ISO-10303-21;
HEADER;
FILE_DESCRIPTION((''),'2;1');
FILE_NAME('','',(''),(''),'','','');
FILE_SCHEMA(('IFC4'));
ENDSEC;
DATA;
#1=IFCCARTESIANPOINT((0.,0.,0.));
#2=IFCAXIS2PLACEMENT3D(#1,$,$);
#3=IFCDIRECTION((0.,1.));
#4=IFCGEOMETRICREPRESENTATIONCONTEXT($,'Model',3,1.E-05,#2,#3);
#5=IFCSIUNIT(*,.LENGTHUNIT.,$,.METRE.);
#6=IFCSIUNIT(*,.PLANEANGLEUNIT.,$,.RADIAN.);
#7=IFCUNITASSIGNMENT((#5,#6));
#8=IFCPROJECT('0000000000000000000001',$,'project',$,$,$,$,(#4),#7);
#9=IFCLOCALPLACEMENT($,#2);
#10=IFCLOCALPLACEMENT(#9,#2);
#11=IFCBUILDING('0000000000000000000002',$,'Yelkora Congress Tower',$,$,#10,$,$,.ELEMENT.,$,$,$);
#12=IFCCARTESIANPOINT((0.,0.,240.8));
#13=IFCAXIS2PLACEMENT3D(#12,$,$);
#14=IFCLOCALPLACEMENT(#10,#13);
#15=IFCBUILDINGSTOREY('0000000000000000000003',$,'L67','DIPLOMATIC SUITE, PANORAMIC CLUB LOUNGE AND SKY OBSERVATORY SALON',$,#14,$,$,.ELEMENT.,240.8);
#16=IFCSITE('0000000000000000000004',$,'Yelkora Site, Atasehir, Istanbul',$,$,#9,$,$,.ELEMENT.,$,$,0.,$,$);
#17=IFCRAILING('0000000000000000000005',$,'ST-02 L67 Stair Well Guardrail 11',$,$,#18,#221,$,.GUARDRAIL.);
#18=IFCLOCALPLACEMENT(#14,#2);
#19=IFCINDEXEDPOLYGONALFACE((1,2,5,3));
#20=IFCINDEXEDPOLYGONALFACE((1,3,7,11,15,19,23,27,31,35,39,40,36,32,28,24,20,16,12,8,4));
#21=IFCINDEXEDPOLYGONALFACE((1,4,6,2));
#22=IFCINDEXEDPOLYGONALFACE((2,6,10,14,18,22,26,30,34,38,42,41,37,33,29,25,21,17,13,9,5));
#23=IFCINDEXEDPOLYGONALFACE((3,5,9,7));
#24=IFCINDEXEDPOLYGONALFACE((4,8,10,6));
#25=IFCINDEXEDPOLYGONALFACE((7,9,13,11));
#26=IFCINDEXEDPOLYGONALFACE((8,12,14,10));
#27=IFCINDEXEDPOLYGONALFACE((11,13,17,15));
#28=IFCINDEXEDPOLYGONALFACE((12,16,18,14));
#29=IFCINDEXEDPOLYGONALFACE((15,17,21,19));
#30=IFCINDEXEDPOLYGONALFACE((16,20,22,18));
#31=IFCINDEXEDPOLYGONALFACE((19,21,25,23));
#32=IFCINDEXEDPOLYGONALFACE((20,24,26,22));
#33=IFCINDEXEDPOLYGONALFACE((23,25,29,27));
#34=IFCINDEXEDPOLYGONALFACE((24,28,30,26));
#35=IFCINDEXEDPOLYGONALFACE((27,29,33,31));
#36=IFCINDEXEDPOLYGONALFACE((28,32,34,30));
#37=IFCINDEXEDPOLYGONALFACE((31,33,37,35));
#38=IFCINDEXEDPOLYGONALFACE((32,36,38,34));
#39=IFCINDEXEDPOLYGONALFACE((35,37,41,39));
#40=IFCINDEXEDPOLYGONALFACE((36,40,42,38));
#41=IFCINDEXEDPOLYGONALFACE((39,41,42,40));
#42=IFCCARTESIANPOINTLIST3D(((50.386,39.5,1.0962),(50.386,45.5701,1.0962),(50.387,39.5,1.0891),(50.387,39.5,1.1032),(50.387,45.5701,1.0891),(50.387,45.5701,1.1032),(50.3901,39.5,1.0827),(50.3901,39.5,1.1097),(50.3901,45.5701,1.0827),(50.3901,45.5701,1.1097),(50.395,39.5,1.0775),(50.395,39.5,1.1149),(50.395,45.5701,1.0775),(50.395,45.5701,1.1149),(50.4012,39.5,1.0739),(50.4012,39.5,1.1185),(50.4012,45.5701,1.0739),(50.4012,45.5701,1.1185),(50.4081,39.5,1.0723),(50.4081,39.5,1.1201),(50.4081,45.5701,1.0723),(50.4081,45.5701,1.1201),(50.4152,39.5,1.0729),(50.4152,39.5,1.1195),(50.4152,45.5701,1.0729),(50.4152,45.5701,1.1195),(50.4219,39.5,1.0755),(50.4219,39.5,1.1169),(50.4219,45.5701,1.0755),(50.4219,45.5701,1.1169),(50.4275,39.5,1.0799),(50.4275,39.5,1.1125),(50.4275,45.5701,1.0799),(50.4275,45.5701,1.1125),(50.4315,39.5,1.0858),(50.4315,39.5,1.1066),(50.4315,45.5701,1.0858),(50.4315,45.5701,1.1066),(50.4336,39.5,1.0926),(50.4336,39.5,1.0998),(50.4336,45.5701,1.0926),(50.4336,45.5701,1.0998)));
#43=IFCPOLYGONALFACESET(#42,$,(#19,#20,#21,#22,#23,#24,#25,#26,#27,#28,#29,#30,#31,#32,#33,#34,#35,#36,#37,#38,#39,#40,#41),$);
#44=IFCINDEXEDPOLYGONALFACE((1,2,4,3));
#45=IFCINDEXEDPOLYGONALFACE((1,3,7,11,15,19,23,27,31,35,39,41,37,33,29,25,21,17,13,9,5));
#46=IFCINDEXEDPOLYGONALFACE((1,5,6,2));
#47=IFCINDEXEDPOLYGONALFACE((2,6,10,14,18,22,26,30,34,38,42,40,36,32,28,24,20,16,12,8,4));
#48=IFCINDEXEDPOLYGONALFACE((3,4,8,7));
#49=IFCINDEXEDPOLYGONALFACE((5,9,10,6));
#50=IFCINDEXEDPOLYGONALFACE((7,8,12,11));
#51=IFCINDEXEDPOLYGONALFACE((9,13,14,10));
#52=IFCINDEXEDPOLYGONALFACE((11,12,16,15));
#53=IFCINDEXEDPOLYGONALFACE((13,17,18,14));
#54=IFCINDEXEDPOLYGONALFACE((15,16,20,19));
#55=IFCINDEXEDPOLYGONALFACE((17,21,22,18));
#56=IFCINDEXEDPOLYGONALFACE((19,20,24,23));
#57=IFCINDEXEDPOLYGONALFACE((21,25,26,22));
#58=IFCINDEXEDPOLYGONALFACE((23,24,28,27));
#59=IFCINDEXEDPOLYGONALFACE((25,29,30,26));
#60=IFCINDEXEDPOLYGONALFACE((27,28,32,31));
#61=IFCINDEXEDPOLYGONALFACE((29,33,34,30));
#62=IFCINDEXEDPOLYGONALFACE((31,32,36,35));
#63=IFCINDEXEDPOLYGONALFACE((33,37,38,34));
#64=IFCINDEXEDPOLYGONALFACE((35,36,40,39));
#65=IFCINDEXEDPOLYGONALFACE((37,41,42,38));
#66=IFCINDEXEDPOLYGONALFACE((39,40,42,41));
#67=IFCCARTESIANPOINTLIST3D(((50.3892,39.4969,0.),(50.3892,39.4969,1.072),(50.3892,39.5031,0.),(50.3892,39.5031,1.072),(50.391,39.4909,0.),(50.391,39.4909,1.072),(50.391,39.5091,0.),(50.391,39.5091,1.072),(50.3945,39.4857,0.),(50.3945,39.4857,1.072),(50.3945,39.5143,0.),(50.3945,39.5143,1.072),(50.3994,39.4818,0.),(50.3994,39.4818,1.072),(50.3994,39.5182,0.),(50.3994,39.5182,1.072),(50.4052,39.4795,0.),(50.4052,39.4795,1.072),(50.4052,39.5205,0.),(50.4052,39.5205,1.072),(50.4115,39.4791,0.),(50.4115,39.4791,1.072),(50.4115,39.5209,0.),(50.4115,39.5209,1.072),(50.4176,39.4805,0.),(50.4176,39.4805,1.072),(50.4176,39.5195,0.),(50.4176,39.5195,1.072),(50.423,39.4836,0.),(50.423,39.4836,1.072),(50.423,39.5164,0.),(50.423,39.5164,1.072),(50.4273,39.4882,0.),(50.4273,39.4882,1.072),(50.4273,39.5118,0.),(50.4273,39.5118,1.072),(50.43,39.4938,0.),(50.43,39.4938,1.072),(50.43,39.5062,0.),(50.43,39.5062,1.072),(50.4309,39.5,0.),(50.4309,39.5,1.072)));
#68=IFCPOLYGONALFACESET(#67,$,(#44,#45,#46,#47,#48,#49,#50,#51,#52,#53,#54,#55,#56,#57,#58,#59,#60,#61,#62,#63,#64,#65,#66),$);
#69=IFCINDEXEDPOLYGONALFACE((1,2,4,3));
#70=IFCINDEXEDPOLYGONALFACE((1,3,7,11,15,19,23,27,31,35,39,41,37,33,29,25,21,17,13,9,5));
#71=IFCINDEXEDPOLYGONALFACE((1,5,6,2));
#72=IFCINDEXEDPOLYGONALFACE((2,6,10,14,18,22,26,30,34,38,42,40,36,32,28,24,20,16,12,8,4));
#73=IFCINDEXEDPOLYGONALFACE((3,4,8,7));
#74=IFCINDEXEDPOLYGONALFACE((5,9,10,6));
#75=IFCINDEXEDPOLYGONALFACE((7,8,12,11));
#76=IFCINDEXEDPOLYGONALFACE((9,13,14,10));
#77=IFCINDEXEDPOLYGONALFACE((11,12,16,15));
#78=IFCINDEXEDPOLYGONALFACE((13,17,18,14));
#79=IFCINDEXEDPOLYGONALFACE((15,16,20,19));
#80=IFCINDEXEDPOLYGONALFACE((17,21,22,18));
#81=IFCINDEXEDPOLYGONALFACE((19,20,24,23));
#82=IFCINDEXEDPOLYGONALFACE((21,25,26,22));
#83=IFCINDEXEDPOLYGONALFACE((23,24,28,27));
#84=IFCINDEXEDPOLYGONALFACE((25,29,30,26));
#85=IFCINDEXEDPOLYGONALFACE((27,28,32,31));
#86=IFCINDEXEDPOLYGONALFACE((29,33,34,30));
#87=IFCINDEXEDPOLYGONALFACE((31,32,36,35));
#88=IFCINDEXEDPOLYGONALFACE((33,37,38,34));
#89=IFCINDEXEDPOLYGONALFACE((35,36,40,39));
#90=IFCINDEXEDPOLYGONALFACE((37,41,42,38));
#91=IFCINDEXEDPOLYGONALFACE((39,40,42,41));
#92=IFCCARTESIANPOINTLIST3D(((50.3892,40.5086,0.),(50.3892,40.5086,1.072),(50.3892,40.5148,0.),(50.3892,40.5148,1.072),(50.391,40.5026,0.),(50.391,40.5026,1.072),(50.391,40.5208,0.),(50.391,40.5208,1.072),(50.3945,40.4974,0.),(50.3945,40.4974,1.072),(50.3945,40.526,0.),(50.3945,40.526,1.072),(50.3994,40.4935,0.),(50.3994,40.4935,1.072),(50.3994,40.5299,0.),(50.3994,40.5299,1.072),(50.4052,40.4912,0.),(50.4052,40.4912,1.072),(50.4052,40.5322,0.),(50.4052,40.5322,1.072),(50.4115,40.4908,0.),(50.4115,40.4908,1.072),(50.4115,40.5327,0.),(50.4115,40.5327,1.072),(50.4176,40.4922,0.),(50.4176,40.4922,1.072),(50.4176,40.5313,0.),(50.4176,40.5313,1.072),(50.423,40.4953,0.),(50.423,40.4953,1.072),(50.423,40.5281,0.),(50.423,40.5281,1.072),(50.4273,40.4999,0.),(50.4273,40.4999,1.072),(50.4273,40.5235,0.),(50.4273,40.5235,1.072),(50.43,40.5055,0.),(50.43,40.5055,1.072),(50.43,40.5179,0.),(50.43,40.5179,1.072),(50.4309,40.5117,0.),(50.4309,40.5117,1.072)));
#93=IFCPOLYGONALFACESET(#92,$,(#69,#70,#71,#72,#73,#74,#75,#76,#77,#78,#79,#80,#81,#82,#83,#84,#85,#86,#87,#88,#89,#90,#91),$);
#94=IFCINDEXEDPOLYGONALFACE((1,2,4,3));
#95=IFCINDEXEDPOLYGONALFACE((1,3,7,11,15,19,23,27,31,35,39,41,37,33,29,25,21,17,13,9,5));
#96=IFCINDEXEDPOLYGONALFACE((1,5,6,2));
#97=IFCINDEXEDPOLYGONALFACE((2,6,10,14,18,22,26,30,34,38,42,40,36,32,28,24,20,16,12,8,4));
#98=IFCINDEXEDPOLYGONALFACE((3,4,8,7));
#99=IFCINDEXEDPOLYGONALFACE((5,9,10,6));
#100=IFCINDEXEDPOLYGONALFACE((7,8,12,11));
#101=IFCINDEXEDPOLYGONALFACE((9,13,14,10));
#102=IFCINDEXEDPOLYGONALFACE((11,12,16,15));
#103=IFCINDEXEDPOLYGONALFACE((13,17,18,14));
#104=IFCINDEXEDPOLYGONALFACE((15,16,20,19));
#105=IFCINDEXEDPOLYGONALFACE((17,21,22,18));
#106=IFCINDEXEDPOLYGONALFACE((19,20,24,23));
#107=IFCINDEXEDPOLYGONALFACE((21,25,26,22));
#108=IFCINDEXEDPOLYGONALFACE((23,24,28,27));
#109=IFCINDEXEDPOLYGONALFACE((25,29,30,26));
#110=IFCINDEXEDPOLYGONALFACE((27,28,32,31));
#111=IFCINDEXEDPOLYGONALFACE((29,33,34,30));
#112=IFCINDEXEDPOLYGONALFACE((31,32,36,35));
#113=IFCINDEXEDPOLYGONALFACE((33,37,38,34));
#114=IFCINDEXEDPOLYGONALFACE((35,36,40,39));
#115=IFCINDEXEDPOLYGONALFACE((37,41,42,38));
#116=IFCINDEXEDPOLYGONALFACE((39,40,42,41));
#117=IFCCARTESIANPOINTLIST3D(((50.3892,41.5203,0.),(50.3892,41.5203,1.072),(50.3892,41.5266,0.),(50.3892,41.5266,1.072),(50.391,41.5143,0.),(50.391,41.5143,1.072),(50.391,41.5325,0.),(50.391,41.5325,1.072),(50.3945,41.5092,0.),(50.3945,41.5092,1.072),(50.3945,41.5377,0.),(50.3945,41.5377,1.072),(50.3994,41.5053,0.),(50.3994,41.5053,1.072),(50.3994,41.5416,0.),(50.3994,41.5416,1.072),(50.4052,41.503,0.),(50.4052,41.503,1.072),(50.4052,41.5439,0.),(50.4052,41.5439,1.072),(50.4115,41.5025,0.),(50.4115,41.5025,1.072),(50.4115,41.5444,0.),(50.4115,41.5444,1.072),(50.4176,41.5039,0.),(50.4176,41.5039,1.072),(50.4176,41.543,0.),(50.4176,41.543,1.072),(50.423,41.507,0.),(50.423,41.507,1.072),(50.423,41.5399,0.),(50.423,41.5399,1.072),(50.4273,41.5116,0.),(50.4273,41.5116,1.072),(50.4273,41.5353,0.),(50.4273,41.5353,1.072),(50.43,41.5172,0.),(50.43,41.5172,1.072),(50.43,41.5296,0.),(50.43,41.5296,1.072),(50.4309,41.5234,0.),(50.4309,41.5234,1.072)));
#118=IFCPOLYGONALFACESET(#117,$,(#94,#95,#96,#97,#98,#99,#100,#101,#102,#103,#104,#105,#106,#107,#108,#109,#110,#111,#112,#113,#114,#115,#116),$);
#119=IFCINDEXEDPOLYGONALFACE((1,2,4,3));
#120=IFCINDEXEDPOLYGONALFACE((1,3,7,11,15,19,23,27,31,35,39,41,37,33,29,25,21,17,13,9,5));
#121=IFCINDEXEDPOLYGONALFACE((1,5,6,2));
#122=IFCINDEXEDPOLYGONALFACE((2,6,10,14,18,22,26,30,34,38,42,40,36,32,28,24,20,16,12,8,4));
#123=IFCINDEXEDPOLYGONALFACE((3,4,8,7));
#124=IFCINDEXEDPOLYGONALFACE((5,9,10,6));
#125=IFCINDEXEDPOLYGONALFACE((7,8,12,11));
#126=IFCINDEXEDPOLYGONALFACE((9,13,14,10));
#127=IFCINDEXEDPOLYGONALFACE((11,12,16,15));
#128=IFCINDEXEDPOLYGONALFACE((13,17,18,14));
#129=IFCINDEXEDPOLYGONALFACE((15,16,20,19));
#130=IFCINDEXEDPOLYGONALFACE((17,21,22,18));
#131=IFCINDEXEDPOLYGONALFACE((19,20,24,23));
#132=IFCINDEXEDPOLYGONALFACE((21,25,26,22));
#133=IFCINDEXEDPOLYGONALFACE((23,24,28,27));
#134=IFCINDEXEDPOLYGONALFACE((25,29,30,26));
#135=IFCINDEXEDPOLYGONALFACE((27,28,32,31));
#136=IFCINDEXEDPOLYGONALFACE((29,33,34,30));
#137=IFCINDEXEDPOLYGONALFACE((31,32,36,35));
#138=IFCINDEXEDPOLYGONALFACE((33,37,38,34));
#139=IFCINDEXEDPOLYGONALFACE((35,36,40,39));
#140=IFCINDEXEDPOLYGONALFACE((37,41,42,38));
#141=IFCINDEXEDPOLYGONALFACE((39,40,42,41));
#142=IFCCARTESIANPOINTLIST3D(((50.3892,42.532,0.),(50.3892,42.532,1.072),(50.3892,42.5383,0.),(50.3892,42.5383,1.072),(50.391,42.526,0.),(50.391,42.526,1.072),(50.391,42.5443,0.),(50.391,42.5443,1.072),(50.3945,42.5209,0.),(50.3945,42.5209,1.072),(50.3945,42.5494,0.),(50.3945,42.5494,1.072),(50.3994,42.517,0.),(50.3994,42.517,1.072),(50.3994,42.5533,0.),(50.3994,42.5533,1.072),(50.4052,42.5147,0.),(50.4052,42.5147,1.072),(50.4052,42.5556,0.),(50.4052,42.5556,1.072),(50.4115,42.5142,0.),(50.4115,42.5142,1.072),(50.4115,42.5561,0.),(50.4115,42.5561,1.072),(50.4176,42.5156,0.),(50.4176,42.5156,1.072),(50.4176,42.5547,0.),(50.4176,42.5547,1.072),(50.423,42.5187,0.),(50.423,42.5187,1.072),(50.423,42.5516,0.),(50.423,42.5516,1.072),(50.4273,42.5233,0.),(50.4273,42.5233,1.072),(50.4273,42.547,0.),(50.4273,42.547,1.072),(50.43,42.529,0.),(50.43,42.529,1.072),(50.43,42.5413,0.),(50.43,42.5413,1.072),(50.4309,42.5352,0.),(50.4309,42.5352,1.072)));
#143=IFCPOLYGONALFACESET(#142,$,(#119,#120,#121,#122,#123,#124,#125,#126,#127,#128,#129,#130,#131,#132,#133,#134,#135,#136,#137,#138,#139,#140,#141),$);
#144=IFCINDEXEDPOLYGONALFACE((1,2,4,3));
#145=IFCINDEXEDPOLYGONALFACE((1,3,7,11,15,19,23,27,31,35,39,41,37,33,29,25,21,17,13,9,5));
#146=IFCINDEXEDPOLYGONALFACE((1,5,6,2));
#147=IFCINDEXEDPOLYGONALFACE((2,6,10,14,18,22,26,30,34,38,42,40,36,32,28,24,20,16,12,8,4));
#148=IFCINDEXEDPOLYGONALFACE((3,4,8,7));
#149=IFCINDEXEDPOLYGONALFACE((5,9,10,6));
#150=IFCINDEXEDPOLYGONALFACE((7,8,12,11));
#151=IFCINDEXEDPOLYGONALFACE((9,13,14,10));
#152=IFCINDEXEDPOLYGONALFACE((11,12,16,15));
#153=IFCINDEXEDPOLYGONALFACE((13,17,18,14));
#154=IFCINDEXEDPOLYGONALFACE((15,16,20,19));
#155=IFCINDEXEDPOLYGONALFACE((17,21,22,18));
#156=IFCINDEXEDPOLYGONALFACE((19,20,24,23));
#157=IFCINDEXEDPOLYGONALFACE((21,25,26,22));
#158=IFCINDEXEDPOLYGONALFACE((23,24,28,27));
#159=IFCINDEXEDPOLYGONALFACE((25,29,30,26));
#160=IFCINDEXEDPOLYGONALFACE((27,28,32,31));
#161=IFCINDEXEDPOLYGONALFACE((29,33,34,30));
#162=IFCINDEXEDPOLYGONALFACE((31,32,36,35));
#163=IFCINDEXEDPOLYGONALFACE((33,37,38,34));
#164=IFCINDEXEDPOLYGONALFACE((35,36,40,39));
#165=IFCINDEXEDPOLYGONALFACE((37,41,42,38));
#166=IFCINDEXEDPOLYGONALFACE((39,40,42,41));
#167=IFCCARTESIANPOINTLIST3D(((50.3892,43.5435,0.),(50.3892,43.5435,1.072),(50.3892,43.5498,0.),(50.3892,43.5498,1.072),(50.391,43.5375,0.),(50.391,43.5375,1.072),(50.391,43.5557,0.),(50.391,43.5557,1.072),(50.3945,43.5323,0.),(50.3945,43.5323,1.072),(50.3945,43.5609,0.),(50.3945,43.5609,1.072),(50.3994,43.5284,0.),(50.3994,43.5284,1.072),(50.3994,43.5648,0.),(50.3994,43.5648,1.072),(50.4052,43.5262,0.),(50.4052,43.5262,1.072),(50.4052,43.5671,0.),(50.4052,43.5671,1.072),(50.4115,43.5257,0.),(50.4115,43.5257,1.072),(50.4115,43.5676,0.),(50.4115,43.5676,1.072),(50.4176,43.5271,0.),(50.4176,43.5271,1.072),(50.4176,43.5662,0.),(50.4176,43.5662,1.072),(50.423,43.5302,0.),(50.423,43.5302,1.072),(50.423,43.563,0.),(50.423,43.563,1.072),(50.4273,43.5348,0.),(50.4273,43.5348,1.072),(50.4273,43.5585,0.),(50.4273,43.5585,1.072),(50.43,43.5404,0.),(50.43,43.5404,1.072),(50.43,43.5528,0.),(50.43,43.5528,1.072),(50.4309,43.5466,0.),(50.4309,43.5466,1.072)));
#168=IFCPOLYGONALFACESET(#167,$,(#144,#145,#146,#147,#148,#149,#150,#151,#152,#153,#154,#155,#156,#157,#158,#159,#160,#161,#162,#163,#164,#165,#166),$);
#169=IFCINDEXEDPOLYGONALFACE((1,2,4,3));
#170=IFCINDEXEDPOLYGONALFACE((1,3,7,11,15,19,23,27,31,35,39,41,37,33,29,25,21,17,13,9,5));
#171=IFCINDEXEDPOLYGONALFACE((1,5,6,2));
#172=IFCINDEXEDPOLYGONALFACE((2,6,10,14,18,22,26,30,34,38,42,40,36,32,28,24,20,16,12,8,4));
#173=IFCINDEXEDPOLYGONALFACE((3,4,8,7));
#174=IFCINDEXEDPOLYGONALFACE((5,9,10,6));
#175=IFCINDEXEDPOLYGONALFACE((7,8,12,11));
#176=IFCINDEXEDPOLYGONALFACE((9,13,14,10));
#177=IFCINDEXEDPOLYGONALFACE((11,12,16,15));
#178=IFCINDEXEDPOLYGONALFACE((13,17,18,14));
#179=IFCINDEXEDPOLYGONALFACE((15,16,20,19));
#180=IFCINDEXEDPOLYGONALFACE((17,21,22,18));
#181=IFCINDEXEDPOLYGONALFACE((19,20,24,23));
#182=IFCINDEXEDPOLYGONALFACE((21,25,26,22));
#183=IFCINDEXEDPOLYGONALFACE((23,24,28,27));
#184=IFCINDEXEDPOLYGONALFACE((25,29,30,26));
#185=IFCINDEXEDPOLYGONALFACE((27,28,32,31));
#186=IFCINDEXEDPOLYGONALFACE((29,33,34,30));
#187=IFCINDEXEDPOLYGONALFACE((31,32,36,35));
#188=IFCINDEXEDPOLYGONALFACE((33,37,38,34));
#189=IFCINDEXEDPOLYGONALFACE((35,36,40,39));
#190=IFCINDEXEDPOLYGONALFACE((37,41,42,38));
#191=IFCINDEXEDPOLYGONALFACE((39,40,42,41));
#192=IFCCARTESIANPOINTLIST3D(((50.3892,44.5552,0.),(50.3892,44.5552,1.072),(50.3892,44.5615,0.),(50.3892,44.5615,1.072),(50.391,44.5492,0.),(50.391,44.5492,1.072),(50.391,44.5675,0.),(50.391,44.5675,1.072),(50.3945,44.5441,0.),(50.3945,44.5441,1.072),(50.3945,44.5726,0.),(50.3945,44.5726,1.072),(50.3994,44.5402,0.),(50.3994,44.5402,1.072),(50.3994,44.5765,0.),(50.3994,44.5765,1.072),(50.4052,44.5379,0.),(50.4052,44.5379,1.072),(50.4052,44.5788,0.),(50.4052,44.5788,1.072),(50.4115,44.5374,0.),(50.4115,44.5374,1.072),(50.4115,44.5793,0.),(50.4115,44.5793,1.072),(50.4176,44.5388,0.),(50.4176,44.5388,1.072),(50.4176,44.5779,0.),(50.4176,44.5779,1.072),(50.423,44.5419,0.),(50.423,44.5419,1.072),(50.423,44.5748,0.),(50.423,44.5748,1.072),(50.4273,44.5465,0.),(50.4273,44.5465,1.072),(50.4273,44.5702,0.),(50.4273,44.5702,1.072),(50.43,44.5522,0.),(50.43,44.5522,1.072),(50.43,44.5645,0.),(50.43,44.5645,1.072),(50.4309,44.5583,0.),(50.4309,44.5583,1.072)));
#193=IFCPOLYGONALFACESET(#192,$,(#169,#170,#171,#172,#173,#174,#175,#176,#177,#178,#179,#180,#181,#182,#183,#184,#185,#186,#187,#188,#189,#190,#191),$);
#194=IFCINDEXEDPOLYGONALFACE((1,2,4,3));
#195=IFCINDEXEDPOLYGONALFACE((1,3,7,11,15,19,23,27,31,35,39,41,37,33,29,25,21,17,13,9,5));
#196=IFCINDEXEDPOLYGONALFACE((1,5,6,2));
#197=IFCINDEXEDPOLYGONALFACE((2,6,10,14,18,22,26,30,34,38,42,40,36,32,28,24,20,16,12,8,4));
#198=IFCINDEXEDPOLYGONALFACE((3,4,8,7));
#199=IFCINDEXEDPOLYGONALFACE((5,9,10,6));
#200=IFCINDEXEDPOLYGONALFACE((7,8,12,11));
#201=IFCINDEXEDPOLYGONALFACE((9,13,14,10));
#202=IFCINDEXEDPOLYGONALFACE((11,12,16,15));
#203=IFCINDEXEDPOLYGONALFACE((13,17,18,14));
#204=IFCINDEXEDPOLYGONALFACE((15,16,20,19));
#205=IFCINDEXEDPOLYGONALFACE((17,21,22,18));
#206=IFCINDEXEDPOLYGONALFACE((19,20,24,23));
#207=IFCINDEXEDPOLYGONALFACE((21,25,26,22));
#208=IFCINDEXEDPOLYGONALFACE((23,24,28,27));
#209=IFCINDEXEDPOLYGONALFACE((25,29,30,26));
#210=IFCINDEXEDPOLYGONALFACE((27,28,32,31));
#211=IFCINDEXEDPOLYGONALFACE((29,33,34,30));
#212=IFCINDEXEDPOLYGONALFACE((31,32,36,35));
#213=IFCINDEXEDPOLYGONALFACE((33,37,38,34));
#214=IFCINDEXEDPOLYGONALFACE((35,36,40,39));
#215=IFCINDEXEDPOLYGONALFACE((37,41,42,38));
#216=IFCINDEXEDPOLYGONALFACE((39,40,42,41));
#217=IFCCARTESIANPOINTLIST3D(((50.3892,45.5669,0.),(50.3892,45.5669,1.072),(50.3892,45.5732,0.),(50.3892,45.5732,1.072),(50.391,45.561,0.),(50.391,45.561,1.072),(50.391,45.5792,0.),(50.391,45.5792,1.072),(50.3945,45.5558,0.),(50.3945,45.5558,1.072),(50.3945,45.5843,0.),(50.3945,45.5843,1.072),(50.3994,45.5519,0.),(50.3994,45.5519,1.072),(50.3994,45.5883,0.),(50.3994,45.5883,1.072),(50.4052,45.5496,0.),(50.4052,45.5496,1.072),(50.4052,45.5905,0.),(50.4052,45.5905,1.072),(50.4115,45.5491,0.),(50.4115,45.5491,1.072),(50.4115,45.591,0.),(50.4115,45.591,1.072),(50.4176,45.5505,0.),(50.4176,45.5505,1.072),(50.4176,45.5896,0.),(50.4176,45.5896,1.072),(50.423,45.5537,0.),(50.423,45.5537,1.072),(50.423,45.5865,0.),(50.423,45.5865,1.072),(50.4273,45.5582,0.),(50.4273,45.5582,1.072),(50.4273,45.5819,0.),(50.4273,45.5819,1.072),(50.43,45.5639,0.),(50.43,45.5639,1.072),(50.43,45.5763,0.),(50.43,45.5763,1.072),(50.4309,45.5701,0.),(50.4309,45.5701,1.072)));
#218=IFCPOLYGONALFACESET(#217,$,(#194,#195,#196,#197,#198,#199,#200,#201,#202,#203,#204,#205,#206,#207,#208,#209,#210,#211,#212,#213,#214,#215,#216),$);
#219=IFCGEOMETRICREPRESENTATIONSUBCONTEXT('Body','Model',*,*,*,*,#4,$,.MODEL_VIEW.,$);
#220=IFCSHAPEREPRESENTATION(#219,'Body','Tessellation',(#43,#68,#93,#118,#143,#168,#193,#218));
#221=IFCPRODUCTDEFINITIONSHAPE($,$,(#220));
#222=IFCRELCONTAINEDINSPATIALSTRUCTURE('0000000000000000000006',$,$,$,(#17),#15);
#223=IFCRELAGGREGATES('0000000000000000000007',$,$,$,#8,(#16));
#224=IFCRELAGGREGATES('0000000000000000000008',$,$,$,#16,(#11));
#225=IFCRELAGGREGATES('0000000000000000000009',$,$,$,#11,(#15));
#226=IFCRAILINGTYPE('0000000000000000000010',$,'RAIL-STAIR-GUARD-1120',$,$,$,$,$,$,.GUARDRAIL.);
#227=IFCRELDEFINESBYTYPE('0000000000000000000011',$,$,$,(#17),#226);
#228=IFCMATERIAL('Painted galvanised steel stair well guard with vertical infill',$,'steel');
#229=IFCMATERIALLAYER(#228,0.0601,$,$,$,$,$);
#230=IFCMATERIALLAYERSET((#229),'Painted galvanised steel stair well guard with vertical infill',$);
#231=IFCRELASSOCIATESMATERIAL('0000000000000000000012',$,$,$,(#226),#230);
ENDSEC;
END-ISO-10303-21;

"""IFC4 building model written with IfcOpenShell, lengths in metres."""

from ifc_helpers import new_model, si_unit, direction, frame, origin, origin_2d, place, context, subcontext, project, spatial, circle, extrude, material, layer, layer_set, type_object, element, save


model = new_model("IFC4")

# Units and contexts
model_context = context("Model", 3, precision=1e-05, world=origin(), true_north=direction((0.0, 1.0)))
body_context = subcontext(model_context, "Body", "Model", "MODEL_VIEW")
ifc_project = project(units=[si_unit("LENGTHUNIT", "METRE"), si_unit("PLANEANGLEUNIT", "RADIAN")], contexts=[model_context])

# Site, building, storey
site_placement = place(None, origin())
site = spatial("IfcSite", under=ifc_project, at=site_placement, Name="Yelkora Site, Atasehir, Istanbul", CompositionType="ELEMENT", RefElevation=0.0)
building_placement = place(site_placement, origin())
building = spatial("IfcBuilding", under=site, at=building_placement, Name="Yelkora Congress Tower", CompositionType="ELEMENT")
storey_placement = place(building_placement, frame((0.0, 0.0, 240.8)))
storey = spatial("IfcBuildingStorey", under=building, at=storey_placement, Name="L67", Description="DIPLOMATIC SUITE, PANORAMIC CLUB LOUNGE AND SKY OBSERVATORY SALON", CompositionType="ELEMENT", Elevation=240.8)

# Railing
ifc_material_1 = material(Name="Painted galvanised steel stair well guard with vertical infill", Category="steel")
ifc_layer_1 = layer(ifc_material_1, 0.0601)
ifc_layer_set_1 = layer_set([ifc_layer_1], Name="Painted galvanised steel stair well guard with vertical infill")
railing_type_1 = type_object("IfcRailingType", Name="RAIL-STAIR-GUARD-1120", PredefinedType="GUARDRAIL", material=ifc_layer_set_1)
railing_1_placement = place(storey_placement, frame((50.4099, 39.5, 0.0)))
element("IfcRailing", 1, at=railing_1_placement, inside=storey, type_object=railing_type_1, Name="ST-02 L67 Stair Well Guardrail 11", PredefinedType="GUARDRAIL", context=body_context, shape_type="SweptSolid", body=[
    extrude(circle(Radius=0.0239, at=origin_2d()), frame((0.0, 0.0, 1.0962), z_axis=(0.0, 1.0, 0.0), x_axis=(-1.0, 0.0, 0.0)), (0.0, 0.0, 1.0), 6.0701),
    extrude(circle(Radius=0.021, at=origin_2d()), origin(), (0.0, 0.0, 1.0), 1.072),
    extrude(circle(Radius=0.021, at=origin_2d()), frame((0.0, 1.0117, 0.0)), (0.0, 0.0, 1.0), 1.072),
    extrude(circle(Radius=0.021, at=origin_2d()), frame((0.0, 2.0234, 0.0)), (0.0, 0.0, 1.0), 1.072),
    extrude(circle(Radius=0.021, at=origin_2d()), frame((0.0, 3.0352, 0.0)), (0.0, 0.0, 1.0), 1.072),
    extrude(circle(Radius=0.021, at=origin_2d()), frame((0.0, 4.0466, 0.0)), (0.0, 0.0, 1.0), 1.072),
    extrude(circle(Radius=0.021, at=origin_2d()), frame((0.0, 5.0583, 0.0)), (0.0, 0.0, 1.0), 1.072),
    extrude(circle(Radius=0.021, at=origin_2d()), frame((0.0, 6.0701, 0.0)), (0.0, 0.0, 1.0), 1.072),
])

save(model, "model.ifc")
